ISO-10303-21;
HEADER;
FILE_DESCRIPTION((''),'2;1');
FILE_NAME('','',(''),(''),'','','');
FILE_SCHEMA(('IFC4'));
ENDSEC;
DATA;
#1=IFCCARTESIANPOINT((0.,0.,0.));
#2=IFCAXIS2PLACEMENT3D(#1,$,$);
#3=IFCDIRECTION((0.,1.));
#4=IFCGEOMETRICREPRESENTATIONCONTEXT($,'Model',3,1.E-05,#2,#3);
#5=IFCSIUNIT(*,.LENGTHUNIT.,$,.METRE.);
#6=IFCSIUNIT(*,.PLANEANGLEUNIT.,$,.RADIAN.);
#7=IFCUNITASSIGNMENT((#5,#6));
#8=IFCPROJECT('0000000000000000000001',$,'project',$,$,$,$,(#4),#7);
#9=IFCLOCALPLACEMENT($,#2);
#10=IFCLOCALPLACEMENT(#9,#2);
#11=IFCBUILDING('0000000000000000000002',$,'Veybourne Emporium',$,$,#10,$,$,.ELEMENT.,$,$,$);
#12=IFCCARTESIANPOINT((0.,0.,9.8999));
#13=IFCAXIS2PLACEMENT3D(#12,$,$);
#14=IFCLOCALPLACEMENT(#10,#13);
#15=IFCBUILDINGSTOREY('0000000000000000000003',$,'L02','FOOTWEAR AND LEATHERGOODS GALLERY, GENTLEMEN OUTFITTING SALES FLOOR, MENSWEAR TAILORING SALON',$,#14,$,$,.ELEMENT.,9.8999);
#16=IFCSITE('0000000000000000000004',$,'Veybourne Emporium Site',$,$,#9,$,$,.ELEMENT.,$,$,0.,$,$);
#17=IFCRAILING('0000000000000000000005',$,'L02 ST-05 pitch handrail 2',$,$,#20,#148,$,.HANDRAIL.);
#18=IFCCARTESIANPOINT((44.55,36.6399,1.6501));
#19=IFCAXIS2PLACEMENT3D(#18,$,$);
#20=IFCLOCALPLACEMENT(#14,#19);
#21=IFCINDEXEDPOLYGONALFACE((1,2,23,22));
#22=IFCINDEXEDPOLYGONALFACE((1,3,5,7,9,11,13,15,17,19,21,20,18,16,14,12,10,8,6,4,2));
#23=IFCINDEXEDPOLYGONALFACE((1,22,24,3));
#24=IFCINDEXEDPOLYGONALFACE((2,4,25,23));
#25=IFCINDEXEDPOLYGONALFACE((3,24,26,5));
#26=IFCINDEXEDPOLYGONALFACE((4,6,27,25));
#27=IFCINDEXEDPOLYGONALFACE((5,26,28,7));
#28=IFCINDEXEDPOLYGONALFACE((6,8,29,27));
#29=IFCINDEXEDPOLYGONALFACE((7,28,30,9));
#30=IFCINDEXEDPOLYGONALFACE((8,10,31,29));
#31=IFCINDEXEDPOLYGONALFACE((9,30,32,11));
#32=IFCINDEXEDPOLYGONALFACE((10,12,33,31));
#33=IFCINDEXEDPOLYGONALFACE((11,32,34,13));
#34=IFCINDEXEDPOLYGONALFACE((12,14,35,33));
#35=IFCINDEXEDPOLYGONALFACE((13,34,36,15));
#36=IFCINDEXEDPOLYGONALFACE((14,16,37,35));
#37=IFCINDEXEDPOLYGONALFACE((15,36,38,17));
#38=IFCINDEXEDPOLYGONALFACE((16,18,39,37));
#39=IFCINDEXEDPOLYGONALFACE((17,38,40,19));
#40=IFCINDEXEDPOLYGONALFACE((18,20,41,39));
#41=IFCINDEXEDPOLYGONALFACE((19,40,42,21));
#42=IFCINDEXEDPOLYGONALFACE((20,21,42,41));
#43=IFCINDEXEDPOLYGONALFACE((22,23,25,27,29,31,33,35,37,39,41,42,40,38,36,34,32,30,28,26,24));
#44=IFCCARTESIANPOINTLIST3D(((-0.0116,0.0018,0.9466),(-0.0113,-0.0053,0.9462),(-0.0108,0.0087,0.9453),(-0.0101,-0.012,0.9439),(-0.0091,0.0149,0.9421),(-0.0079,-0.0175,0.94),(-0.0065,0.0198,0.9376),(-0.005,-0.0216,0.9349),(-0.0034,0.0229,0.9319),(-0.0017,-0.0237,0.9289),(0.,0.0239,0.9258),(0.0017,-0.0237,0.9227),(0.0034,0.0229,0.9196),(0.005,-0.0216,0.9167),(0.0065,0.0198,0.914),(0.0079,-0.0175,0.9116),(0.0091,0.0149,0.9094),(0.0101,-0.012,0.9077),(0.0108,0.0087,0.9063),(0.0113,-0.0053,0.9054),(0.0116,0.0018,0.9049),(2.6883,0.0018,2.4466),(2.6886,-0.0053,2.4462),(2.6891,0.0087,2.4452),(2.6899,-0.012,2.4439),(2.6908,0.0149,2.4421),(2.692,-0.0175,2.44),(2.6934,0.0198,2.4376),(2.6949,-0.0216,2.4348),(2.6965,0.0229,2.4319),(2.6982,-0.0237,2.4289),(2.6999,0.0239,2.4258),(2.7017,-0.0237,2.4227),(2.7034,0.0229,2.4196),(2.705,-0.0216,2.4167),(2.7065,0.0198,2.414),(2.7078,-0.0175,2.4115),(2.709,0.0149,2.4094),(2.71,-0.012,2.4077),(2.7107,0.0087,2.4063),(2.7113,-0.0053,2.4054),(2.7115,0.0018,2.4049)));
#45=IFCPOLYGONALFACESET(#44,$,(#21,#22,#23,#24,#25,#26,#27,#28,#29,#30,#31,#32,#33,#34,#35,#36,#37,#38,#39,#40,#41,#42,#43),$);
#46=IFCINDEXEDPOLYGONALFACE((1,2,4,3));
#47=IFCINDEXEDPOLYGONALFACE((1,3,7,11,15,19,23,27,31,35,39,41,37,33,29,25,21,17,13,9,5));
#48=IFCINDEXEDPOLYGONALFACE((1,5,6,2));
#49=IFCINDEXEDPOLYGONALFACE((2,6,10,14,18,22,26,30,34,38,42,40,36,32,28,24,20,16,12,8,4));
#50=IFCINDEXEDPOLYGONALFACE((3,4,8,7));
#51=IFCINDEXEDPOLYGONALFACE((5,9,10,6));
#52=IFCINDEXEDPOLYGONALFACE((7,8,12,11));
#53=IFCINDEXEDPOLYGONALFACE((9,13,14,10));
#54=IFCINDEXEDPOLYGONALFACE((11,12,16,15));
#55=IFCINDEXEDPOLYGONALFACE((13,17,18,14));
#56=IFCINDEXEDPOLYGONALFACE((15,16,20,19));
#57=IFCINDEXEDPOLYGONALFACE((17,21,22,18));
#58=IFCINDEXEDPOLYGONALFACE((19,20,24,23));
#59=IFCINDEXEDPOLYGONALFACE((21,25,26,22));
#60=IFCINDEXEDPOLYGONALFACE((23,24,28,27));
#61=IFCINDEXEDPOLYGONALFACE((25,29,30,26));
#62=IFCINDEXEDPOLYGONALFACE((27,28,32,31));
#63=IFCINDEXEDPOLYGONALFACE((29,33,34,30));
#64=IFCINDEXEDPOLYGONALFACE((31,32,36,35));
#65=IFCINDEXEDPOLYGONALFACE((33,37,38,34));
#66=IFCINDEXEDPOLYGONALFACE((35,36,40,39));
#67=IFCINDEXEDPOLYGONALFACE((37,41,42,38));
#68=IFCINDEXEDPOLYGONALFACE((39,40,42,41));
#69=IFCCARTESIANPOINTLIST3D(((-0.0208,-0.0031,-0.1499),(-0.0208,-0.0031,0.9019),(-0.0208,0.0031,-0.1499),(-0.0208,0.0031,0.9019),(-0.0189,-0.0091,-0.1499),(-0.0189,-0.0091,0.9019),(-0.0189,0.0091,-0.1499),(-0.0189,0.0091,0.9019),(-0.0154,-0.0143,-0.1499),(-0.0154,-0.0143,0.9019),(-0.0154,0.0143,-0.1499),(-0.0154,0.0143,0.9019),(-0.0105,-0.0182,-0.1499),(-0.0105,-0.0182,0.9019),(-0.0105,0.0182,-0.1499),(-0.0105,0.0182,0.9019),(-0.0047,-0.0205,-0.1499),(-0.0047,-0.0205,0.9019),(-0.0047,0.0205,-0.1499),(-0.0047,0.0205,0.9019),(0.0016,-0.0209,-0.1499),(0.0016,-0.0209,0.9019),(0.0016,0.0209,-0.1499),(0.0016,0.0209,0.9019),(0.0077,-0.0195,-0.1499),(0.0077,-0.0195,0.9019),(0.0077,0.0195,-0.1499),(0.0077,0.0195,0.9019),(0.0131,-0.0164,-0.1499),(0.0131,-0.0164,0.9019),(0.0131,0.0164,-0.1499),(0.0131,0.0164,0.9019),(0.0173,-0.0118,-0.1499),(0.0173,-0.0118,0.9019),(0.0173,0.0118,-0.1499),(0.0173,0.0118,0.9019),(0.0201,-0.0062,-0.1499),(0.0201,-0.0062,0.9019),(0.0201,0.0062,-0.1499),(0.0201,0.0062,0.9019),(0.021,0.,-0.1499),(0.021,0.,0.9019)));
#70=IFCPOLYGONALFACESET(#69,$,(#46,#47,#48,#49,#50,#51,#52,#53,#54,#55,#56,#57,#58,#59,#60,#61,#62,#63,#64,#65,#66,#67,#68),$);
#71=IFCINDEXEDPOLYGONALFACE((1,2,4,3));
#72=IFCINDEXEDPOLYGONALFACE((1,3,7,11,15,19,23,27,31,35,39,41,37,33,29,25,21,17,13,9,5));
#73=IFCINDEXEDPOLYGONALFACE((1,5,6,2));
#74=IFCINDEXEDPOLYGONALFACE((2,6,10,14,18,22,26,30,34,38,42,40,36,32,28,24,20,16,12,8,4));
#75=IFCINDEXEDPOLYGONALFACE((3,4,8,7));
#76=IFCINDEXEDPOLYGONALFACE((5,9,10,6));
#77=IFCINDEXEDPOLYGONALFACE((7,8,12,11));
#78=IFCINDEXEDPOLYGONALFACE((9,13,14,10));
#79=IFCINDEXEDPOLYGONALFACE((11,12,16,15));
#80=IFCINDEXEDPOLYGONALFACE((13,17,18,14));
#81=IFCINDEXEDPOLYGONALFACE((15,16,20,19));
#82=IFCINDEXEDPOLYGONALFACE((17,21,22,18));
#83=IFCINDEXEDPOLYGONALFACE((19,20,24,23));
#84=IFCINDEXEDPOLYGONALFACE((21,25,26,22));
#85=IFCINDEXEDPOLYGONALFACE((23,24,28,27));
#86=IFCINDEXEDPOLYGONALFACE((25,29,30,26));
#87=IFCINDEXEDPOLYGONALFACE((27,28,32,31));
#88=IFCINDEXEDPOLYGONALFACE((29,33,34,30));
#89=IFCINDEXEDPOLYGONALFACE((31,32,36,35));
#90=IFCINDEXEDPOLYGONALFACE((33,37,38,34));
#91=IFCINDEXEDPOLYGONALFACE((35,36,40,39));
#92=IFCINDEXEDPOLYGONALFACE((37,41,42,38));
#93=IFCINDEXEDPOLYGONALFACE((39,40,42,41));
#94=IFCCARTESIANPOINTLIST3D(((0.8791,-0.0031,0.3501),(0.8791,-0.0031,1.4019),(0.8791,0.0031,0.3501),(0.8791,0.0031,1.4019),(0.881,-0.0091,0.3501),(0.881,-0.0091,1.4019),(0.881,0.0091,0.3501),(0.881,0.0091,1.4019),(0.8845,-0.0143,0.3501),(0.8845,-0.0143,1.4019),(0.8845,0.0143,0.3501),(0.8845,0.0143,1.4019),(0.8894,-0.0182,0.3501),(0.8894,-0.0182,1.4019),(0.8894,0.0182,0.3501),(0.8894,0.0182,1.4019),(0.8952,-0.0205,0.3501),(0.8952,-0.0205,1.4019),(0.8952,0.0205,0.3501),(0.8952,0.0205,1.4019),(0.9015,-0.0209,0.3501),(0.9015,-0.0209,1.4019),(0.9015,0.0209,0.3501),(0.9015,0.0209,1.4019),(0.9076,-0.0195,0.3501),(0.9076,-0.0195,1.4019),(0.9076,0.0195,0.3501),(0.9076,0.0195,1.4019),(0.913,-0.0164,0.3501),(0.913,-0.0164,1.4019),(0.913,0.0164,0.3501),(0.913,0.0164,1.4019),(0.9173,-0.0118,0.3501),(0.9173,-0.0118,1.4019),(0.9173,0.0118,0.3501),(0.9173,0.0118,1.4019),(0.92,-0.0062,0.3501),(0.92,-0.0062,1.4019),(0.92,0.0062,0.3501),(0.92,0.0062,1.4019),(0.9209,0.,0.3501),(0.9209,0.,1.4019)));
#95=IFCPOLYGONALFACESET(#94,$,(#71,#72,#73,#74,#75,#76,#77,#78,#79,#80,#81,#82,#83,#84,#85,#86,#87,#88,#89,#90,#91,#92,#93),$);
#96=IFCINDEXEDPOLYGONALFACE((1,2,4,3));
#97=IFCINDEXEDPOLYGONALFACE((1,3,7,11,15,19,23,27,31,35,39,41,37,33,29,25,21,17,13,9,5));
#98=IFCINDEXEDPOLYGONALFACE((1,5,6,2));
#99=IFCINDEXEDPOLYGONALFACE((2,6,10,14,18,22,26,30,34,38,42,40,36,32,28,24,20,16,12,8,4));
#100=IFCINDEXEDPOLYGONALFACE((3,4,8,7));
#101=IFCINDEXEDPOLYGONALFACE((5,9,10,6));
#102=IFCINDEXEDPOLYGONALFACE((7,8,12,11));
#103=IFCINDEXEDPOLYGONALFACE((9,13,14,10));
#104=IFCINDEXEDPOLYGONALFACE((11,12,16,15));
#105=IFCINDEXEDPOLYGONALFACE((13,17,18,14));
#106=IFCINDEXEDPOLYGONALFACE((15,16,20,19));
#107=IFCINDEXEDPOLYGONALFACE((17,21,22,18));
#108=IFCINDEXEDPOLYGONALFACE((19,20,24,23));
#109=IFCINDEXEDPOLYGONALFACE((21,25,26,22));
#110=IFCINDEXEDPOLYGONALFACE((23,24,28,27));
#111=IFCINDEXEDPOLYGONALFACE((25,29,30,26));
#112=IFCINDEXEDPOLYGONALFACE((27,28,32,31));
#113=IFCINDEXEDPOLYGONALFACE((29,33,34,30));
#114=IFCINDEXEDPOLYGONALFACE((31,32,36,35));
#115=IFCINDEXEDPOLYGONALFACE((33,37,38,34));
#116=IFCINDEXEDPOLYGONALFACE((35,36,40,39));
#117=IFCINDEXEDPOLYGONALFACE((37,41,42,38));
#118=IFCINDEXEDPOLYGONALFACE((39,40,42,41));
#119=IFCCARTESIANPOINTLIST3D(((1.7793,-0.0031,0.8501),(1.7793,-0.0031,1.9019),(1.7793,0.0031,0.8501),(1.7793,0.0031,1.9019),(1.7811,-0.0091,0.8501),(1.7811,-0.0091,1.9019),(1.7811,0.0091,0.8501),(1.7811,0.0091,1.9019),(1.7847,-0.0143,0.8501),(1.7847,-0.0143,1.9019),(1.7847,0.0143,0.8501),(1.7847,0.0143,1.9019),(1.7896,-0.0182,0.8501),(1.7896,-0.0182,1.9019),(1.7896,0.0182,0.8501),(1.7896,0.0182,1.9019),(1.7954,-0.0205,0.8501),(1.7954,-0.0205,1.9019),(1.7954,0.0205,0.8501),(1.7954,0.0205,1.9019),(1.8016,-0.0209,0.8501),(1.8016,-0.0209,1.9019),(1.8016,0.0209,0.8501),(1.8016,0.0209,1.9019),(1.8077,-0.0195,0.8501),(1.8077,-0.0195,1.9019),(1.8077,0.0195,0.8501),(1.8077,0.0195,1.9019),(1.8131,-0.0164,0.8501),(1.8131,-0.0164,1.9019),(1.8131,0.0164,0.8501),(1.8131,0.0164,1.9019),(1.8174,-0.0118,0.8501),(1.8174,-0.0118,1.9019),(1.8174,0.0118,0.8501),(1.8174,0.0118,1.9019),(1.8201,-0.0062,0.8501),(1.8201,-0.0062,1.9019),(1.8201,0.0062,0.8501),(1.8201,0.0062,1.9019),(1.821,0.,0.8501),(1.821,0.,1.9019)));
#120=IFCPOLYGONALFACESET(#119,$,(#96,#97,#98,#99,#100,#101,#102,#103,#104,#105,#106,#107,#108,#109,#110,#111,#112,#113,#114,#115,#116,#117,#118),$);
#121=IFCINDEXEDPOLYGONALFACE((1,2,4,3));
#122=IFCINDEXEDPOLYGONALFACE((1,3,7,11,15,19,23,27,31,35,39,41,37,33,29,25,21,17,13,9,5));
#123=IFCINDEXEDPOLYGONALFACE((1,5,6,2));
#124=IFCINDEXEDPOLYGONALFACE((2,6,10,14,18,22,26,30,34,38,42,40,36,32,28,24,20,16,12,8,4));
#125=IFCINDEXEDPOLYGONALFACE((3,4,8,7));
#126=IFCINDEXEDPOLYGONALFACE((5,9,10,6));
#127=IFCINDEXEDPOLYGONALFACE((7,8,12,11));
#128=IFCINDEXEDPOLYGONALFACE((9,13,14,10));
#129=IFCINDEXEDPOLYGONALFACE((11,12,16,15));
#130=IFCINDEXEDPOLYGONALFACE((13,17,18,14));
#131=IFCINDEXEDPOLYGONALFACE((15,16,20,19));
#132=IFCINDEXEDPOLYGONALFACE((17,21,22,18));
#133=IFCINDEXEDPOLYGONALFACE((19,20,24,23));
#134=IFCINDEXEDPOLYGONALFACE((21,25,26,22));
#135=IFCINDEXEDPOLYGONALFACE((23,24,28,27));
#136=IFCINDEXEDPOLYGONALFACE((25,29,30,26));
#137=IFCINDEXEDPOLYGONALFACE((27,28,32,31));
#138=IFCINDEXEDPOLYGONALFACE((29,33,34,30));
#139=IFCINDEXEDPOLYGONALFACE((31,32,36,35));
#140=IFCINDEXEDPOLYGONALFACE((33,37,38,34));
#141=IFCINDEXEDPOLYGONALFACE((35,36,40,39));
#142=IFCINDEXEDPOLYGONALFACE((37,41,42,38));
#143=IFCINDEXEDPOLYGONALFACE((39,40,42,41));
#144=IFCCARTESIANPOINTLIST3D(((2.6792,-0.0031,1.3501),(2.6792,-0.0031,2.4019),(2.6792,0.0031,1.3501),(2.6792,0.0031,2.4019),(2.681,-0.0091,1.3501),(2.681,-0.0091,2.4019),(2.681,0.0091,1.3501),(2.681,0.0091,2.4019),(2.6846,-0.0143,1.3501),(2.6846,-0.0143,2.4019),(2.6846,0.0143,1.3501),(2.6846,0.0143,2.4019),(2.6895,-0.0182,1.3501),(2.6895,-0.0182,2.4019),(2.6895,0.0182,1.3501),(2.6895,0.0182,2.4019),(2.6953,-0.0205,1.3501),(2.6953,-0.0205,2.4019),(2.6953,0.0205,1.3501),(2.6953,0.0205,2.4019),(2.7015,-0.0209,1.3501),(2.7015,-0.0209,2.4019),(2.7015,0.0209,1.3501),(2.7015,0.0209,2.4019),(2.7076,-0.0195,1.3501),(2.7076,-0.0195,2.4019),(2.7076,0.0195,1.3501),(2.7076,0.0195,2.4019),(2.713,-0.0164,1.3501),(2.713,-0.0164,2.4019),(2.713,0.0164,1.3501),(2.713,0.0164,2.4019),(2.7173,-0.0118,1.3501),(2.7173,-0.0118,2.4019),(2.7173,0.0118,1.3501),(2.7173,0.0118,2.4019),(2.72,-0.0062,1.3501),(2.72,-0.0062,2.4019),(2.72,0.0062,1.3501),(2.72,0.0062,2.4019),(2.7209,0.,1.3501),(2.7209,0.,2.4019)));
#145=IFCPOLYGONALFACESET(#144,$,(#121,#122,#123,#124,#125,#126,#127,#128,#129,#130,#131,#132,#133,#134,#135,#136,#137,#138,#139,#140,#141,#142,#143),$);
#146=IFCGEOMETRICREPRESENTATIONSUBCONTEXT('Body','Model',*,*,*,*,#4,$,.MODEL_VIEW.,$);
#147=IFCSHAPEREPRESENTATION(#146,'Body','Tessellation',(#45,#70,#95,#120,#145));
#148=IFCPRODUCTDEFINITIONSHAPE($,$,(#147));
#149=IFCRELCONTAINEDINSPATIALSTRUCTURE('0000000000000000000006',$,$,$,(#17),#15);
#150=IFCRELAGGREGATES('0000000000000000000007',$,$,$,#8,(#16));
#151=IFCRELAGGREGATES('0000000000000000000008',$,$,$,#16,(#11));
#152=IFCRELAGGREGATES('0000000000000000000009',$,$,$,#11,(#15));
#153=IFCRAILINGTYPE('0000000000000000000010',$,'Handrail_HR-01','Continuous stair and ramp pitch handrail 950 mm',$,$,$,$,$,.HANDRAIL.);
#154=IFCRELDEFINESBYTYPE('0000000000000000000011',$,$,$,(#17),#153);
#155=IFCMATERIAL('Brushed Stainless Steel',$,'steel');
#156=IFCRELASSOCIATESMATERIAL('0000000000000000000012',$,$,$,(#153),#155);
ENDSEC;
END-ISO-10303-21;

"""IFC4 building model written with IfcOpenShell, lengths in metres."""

from ifc_helpers import new_model, si_unit, direction, frame, origin, origin_2d, place, context, subcontext, project, spatial, circle, extrude, material, type_object, element, save


model = new_model("IFC4")

# Units and contexts
model_context = context("Model", 3, precision=1e-05, world=origin(), true_north=direction((0.0, 1.0)))
body_context = subcontext(model_context, "Body", "Model", "MODEL_VIEW")
ifc_project = project(units=[si_unit("LENGTHUNIT", "METRE"), si_unit("PLANEANGLEUNIT", "RADIAN")], contexts=[model_context])

# Site, building, storey
site_placement = place(None, origin())
site = spatial("IfcSite", under=ifc_project, at=site_placement, Name="Veybourne Emporium Site", CompositionType="ELEMENT", RefElevation=0.0)
building_placement = place(site_placement, origin())
building = spatial("IfcBuilding", under=site, at=building_placement, Name="Veybourne Emporium", CompositionType="ELEMENT")
storey_placement = place(building_placement, frame((0.0, 0.0, 9.8999)))
storey = spatial("IfcBuildingStorey", under=building, at=storey_placement, Name="L02", Description="FOOTWEAR AND LEATHERGOODS GALLERY, GENTLEMEN OUTFITTING SALES FLOOR, MENSWEAR TAILORING SALON", CompositionType="ELEMENT", Elevation=9.8999)

# Railing
ifc_material_1 = material(Name="Brushed Stainless Steel", Category="steel")
railing_type_1 = type_object("IfcRailingType", Name="Handrail_HR-01", Description="Continuous stair and ramp pitch handrail 950 mm", PredefinedType="HANDRAIL", material=ifc_material_1)
railing_1_placement = place(storey_placement, frame((44.55, 36.6399, 1.6501)))
element("IfcRailing", 1, at=railing_1_placement, inside=storey, type_object=railing_type_1, Name="L02 ST-05 pitch handrail 2", PredefinedType="HANDRAIL", context=body_context, shape_type="SweptSolid", body=[
    extrude(circle(Radius=0.0239, at=origin_2d()), frame((0.0, 0.0, 0.9258), z_axis=(0.874154, 0.0, 0.48565), x_axis=(0.0, 1.0, 0.0)), (0.0, 0.0, 1.0), 3.0886),
    extrude(circle(Radius=0.021, at=origin_2d()), frame((0.0, 0.0, -0.1499)), (0.0, 0.0, 1.0), 1.0518),
    extrude(circle(Radius=0.021, at=origin_2d()), frame((0.8999, 0.0, 0.3501)), (0.0, 0.0, 1.0), 1.0518),
    extrude(circle(Radius=0.021, at=origin_2d()), frame((1.8, 0.0, 0.8501)), (0.0, 0.0, 1.0), 1.0518),
    extrude(circle(Radius=0.021, at=origin_2d()), frame((2.7, 0.0, 1.3501)), (0.0, 0.0, 1.0), 1.0518),
])

save(model, "model.ifc")
